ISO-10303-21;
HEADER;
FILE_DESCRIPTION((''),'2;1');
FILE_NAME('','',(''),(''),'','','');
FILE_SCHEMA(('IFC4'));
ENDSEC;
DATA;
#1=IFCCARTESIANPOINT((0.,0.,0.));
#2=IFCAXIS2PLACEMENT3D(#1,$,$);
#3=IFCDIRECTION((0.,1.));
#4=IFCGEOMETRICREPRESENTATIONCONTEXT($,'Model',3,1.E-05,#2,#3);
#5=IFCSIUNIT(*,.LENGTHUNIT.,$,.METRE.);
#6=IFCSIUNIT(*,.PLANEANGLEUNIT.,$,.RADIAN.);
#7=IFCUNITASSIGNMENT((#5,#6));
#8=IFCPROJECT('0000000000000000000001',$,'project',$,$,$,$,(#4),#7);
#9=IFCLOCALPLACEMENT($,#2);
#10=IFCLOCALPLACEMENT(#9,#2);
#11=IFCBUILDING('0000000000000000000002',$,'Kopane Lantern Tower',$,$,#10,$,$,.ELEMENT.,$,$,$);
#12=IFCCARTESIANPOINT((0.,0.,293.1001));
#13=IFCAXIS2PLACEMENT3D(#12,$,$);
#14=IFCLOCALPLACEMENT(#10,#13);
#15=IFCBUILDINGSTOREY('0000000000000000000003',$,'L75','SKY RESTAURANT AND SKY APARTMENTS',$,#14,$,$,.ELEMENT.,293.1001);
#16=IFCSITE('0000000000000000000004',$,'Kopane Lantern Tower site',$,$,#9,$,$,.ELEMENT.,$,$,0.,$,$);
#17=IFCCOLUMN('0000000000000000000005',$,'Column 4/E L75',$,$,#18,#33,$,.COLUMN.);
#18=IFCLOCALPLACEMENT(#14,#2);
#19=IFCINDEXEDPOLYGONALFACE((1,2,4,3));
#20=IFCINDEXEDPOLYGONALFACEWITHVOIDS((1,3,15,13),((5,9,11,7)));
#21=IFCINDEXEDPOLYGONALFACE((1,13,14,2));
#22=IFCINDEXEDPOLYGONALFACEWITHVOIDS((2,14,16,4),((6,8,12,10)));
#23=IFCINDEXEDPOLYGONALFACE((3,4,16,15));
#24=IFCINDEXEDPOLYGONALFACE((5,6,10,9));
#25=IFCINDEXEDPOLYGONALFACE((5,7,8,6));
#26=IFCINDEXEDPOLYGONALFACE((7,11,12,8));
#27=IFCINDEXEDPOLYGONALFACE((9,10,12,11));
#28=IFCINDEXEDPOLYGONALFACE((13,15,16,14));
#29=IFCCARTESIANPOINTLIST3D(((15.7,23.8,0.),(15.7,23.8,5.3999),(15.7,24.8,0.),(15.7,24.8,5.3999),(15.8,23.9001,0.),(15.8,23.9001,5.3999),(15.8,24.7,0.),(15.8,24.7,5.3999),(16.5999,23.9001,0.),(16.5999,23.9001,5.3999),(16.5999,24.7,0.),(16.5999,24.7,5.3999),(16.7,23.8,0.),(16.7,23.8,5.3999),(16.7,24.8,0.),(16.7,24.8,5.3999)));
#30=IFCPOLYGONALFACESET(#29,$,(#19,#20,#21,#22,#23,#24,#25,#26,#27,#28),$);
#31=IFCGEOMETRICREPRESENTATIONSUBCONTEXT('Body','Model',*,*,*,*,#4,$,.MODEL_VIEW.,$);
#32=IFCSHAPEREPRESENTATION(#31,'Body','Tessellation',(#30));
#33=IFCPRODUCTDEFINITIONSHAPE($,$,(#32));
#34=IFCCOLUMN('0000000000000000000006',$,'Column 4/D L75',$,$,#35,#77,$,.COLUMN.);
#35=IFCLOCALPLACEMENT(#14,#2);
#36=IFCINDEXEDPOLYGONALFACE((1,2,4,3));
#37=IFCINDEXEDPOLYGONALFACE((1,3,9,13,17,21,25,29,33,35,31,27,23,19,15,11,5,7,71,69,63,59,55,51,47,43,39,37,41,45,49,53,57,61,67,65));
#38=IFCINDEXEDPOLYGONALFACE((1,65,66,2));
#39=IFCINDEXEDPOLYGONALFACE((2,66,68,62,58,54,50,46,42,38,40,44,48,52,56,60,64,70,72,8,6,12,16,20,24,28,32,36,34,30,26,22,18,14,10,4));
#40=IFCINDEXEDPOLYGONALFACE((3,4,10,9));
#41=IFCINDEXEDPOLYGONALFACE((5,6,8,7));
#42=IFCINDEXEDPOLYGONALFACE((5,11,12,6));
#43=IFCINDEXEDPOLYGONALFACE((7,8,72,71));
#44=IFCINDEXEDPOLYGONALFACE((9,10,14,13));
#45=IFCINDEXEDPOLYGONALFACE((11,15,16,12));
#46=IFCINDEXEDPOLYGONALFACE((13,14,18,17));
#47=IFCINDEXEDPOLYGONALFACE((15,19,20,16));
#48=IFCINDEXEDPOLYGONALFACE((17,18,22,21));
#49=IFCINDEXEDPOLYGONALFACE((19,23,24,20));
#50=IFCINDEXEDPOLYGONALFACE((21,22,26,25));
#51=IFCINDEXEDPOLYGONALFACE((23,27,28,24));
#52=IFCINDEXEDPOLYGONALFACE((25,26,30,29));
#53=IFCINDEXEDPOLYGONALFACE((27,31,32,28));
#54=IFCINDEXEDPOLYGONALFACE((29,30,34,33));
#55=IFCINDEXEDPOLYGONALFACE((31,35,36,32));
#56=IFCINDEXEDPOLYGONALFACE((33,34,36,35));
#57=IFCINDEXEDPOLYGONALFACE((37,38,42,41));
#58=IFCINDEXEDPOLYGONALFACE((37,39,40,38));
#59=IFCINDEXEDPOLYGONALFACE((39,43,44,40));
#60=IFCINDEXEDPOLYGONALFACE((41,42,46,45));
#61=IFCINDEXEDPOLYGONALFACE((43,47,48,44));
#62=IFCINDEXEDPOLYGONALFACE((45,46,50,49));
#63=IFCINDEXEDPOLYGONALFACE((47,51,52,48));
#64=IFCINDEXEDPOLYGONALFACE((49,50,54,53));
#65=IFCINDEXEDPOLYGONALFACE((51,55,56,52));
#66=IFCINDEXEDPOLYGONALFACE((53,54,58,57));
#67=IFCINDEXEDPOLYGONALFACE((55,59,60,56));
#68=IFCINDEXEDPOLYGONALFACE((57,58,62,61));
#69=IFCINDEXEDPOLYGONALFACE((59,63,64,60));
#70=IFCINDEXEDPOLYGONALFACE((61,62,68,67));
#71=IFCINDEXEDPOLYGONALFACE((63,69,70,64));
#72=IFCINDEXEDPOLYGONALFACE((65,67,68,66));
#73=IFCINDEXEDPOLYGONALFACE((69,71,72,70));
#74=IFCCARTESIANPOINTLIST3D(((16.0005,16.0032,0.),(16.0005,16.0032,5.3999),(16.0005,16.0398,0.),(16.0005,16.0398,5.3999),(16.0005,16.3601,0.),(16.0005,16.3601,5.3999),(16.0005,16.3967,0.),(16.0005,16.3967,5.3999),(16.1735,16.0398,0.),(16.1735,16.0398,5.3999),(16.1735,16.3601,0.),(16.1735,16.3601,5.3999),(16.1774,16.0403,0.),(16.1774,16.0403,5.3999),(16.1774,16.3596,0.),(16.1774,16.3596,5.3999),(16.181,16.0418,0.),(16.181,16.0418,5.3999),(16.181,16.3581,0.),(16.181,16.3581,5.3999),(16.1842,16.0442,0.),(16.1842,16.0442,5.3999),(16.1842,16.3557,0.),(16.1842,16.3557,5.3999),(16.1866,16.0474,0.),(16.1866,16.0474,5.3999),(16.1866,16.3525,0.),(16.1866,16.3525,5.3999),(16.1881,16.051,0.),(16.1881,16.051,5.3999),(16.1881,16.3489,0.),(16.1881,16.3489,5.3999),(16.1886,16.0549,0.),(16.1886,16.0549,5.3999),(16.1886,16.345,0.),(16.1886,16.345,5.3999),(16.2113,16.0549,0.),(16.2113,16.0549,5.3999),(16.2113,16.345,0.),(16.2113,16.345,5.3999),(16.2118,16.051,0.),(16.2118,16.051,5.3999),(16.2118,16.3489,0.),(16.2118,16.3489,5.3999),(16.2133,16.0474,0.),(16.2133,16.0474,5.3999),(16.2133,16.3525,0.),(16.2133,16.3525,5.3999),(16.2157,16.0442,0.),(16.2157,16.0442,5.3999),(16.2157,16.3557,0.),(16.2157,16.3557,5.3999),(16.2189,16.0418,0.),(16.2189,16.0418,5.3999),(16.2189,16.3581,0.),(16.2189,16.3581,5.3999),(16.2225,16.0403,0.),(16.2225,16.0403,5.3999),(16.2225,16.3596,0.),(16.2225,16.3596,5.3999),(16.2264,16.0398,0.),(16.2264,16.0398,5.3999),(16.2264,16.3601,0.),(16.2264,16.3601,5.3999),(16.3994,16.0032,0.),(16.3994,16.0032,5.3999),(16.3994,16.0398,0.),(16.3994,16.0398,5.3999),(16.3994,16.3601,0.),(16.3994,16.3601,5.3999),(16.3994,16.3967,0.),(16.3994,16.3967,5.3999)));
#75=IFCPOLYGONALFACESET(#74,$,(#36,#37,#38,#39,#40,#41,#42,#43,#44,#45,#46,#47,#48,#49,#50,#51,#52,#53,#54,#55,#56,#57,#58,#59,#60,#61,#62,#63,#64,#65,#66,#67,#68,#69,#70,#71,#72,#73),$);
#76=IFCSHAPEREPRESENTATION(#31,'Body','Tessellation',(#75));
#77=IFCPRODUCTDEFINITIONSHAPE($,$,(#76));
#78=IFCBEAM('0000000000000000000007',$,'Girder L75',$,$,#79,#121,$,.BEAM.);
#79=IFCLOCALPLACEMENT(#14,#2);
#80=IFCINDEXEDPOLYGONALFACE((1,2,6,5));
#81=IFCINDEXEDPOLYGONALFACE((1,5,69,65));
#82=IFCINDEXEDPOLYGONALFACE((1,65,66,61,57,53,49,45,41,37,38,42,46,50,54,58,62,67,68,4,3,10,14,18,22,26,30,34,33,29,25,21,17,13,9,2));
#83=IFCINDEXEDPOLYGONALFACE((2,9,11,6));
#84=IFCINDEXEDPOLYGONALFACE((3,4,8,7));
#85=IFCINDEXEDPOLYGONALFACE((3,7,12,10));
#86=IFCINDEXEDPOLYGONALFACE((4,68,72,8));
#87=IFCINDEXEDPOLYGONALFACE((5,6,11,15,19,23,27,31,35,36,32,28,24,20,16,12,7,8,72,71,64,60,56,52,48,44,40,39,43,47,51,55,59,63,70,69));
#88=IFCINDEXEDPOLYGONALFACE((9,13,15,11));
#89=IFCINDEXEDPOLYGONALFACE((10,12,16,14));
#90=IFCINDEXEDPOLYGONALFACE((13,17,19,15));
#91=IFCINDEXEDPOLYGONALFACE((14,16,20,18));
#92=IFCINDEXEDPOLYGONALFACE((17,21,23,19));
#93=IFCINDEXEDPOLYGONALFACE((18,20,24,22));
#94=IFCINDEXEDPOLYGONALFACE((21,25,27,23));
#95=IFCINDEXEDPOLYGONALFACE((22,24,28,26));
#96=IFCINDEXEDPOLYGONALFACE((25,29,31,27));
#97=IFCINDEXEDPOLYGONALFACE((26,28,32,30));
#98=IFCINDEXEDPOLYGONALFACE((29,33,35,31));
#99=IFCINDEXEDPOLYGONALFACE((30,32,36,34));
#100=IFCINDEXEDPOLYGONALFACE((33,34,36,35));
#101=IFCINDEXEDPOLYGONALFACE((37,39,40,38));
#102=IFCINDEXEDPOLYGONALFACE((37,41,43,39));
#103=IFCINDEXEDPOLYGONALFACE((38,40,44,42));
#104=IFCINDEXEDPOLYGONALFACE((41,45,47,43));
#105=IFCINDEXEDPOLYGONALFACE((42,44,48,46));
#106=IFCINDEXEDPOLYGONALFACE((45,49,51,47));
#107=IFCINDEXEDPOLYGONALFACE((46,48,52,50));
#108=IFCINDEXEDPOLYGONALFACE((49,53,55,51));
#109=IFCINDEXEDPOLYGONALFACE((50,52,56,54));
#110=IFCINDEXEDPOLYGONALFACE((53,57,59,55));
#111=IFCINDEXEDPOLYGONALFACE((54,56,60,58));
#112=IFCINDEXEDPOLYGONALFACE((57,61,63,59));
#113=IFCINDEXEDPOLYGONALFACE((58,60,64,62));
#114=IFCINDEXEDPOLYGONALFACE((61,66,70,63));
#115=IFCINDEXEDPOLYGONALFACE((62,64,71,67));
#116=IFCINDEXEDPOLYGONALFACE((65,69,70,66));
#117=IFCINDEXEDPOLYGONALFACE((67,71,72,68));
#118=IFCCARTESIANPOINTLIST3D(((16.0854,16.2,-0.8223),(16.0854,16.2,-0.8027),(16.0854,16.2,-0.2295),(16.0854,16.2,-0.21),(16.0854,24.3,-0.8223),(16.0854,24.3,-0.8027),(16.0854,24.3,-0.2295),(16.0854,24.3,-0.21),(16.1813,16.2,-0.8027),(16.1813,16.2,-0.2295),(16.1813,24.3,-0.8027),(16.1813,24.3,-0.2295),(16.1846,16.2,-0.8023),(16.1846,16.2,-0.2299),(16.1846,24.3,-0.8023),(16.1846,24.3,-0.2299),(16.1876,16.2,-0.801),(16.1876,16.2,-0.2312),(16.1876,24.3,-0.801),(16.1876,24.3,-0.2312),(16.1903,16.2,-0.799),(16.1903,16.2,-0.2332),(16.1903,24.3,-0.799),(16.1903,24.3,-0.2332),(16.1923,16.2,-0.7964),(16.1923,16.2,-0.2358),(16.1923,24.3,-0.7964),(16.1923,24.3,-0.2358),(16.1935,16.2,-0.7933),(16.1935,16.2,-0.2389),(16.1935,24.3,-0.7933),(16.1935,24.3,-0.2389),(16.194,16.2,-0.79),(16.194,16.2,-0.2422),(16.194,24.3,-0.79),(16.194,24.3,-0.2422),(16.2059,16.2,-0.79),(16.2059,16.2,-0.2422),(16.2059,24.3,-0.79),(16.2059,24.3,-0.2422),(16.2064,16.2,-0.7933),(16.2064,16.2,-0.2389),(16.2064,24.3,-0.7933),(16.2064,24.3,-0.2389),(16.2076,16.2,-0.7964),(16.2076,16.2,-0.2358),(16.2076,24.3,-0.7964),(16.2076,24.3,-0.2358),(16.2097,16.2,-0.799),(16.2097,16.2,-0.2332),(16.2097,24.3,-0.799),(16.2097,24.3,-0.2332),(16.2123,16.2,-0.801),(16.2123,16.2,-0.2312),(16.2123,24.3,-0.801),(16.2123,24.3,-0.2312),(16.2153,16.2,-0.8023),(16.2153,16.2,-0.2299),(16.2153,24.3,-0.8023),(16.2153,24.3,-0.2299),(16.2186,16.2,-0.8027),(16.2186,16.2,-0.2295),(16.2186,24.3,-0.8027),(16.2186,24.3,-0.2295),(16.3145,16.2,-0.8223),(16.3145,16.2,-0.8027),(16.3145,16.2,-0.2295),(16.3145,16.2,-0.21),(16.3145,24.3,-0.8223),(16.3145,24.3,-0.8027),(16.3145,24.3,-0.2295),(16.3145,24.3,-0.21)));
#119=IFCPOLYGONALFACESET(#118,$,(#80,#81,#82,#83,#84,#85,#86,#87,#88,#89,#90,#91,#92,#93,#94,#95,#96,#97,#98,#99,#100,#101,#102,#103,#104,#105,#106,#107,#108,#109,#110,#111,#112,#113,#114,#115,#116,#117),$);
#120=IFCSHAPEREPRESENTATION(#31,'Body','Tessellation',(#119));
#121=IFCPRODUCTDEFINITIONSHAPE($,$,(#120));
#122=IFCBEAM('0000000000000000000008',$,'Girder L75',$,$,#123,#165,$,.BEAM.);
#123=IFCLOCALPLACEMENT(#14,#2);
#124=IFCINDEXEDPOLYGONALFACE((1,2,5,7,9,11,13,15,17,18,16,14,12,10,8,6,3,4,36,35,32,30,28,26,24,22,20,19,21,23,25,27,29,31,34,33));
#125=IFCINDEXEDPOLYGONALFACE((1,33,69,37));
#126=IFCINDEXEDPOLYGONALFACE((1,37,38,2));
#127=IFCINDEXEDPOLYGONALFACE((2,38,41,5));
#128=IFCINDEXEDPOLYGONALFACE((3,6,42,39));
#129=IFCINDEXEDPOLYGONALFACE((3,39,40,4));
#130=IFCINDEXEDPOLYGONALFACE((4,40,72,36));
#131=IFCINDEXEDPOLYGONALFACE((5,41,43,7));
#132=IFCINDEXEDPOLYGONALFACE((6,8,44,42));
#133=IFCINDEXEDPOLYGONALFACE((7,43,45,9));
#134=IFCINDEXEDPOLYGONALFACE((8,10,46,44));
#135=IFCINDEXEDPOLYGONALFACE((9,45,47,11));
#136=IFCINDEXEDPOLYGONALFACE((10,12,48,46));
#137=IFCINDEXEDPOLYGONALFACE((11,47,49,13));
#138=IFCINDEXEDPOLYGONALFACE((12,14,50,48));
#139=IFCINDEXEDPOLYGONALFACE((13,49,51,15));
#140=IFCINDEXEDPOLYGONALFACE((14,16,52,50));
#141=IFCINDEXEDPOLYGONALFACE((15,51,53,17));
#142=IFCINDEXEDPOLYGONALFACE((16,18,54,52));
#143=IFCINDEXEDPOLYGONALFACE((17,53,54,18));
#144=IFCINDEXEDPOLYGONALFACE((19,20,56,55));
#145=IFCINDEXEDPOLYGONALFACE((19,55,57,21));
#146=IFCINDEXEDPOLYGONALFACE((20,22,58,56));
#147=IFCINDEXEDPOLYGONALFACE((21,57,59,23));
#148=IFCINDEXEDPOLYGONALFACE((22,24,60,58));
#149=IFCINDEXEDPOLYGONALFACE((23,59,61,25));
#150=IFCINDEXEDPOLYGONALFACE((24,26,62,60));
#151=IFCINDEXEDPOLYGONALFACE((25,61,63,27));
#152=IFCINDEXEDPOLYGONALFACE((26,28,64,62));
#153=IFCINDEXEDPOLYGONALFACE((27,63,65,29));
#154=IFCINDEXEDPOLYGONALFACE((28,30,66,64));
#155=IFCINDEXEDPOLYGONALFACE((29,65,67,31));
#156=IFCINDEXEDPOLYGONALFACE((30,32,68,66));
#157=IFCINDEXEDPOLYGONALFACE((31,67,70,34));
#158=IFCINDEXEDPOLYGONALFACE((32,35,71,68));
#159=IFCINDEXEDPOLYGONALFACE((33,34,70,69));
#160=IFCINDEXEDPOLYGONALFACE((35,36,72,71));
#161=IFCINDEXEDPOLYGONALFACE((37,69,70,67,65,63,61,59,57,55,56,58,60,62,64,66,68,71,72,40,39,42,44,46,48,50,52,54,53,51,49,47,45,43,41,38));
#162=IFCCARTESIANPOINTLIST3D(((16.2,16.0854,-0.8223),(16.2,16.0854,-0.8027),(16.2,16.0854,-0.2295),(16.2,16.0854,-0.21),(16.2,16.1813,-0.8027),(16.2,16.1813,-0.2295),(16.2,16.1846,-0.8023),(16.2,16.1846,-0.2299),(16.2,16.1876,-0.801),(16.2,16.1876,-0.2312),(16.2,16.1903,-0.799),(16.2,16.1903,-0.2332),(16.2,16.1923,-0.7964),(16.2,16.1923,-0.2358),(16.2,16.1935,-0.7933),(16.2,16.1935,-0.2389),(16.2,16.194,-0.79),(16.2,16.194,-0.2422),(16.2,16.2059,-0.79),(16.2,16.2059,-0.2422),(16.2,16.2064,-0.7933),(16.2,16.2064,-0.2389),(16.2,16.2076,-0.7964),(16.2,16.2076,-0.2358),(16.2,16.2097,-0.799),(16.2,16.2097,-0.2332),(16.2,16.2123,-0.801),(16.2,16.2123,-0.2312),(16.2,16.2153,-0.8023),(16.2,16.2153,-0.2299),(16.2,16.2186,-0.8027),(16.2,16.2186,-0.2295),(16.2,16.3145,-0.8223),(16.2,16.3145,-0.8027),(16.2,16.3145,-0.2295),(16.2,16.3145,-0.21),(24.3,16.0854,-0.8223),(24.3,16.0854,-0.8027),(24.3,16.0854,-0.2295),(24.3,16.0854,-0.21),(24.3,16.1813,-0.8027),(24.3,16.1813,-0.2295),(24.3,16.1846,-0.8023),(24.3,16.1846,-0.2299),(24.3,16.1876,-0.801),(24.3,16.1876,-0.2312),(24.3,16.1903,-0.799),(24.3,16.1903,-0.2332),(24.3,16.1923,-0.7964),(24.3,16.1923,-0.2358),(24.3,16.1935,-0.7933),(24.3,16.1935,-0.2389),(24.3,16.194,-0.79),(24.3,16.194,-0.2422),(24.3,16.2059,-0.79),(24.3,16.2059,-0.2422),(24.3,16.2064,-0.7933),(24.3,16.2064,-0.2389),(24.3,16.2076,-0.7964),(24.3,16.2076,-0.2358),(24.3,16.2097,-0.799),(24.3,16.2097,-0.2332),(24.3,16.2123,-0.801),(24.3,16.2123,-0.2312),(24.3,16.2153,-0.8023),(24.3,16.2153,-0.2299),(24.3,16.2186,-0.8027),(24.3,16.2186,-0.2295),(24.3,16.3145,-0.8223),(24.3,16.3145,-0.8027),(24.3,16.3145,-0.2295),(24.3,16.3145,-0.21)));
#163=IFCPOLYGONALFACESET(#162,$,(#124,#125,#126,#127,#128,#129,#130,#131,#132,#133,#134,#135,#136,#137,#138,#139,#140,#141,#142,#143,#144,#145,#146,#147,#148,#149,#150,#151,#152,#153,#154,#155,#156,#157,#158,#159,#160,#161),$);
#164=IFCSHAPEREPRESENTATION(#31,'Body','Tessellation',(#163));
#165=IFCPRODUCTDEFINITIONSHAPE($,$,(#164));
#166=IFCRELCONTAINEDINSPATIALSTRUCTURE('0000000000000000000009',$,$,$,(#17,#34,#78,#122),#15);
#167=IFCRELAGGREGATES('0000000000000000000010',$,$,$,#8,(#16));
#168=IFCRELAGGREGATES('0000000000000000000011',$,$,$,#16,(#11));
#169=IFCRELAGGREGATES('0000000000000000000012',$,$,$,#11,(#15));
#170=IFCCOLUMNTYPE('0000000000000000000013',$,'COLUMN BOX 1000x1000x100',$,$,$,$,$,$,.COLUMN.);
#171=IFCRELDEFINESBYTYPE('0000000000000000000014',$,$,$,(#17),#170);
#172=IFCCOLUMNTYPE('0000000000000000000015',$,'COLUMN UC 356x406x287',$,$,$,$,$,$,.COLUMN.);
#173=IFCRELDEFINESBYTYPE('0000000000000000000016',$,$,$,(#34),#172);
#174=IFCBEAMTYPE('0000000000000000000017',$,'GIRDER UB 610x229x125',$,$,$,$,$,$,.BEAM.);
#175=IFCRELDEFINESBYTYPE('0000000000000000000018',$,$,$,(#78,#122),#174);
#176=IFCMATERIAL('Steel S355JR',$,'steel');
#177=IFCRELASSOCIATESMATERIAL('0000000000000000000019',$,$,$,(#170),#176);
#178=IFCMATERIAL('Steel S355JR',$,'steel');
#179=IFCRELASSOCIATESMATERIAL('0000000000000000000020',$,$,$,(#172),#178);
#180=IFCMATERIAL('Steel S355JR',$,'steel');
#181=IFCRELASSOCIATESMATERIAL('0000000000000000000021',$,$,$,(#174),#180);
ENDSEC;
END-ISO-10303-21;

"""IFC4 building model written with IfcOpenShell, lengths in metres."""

from ifc_helpers import new_model, si_unit, direction, frame, origin, origin_2d, place, context, subcontext, project, spatial, hollow_rectangle, i_section, extrude, material, material_profile, profile_set, type_object, element, save


model = new_model("IFC4")

# Units and contexts
model_context = context("Model", 3, precision=1e-05, world=origin(), true_north=direction((0.0, 1.0)))
body_context = subcontext(model_context, "Body", "Model", "MODEL_VIEW")
ifc_project = project(units=[si_unit("LENGTHUNIT", "METRE"), si_unit("PLANEANGLEUNIT", "RADIAN")], contexts=[model_context])

# Site, building, storey
site_placement = place(None, origin())
site = spatial("IfcSite", under=ifc_project, at=site_placement, Name="Kopane Lantern Tower site", CompositionType="ELEMENT", RefElevation=0.0)
building_placement = place(site_placement, origin())
building = spatial("IfcBuilding", under=site, at=building_placement, Name="Kopane Lantern Tower", CompositionType="ELEMENT")
storey_placement = place(building_placement, frame((0.0, 0.0, 293.1001)))
storey = spatial("IfcBuildingStorey", under=building, at=storey_placement, Name="L75", Description="SKY RESTAURANT AND SKY APARTMENTS", CompositionType="ELEMENT", Elevation=293.1001)

# Columns
ifc_material_1 = material(Name="Steel S355JR", Category="steel")
ifc_material_profile_1 = material_profile(ifc_material_1, hollow_rectangle(XDim=1.0, YDim=1.0, WallThickness=0.1001, at=origin_2d()), Name="BOX 1000x1000x100")
ifc_profile_set_1 = profile_set([ifc_material_profile_1], Name="Steel S355JR")
column_type_1 = type_object("IfcColumnType", Name="COLUMN BOX 1000x1000x100", PredefinedType="COLUMN", material=ifc_profile_set_1)
column_1_placement = place(storey_placement, frame((16.2, 24.3, 0.0), z_axis=(0.0, 0.0, 1.0), x_axis=(1.0, 0.0, 0.0)))
element("IfcColumn", 1, at=column_1_placement, inside=storey, type_object=column_type_1, Name="Column 4/E L75", PredefinedType="COLUMN", context=body_context, shape_type="SweptSolid", body=[
    extrude(hollow_rectangle(XDim=1.0, YDim=1.0, WallThickness=0.1001, at=origin_2d()), origin(), (0.0, 0.0, 1.0), 5.3999),
])
ifc_material_2 = material(Name="Steel S355JR", Category="steel")
ifc_material_profile_2 = material_profile(ifc_material_2, i_section(OverallWidth=0.3989, OverallDepth=0.3936, WebThickness=0.0227, FlangeThickness=0.0366, FilletRadius=0.0151, at=origin_2d()), Name="UC 356x406x287")
ifc_profile_set_2 = profile_set([ifc_material_profile_2], Name="Steel S355JR")
column_type_2 = type_object("IfcColumnType", Name="COLUMN UC 356x406x287", PredefinedType="COLUMN", material=ifc_profile_set_2)
column_2_placement = place(storey_placement, frame((16.2, 16.2, 0.0), z_axis=(0.0, 0.0, 1.0), x_axis=(1.0, 0.0, 0.0)))
element("IfcColumn", 2, at=column_2_placement, inside=storey, type_object=column_type_2, Name="Column 4/D L75", PredefinedType="COLUMN", context=body_context, shape_type="SweptSolid", body=[
    extrude(i_section(OverallWidth=0.3989, OverallDepth=0.3936, WebThickness=0.0227, FlangeThickness=0.0366, FilletRadius=0.0151, at=origin_2d()), origin(), (0.0, 0.0, 1.0), 5.3999),
])

# Beams
ifc_material_3 = material(Name="Steel S355JR", Category="steel")
ifc_material_profile_3 = material_profile(ifc_material_3, i_section(OverallWidth=0.229, OverallDepth=0.6123, WebThickness=0.012, FlangeThickness=0.0195, FilletRadius=0.0127, at=origin_2d()), Name="UB 610x229x125")
ifc_profile_set_3 = profile_set([ifc_material_profile_3], Name="Steel S355JR")
beam_type = type_object("IfcBeamType", Name="GIRDER UB 610x229x125", PredefinedType="BEAM", material=ifc_profile_set_3)
for number, where, z_axis, x_axis, name in (
    (3, (16.2, 16.2, -0.5161), (0.0, 1.0, 0.0), (-1.0, 0.0, 0.0), "Girder L75"),
    (4, (16.2, 16.2, -0.5161), (1.0, 0.0, 0.0), (0.0, 1.0, 0.0), "Girder L75"),
):
    element("IfcBeam", number, at=place(storey_placement, frame(where, z_axis=z_axis, x_axis=x_axis)), inside=storey, type_object=beam_type, Name=name, PredefinedType="BEAM", context=body_context, shape_type="SweptSolid", body=[
        extrude(i_section(OverallWidth=0.229, OverallDepth=0.6123, WebThickness=0.012, FlangeThickness=0.0195, FilletRadius=0.0127, at=origin_2d()), origin(), (0.0, 0.0, 1.0), 8.1001),
    ])

save(model, "model.ifc")
